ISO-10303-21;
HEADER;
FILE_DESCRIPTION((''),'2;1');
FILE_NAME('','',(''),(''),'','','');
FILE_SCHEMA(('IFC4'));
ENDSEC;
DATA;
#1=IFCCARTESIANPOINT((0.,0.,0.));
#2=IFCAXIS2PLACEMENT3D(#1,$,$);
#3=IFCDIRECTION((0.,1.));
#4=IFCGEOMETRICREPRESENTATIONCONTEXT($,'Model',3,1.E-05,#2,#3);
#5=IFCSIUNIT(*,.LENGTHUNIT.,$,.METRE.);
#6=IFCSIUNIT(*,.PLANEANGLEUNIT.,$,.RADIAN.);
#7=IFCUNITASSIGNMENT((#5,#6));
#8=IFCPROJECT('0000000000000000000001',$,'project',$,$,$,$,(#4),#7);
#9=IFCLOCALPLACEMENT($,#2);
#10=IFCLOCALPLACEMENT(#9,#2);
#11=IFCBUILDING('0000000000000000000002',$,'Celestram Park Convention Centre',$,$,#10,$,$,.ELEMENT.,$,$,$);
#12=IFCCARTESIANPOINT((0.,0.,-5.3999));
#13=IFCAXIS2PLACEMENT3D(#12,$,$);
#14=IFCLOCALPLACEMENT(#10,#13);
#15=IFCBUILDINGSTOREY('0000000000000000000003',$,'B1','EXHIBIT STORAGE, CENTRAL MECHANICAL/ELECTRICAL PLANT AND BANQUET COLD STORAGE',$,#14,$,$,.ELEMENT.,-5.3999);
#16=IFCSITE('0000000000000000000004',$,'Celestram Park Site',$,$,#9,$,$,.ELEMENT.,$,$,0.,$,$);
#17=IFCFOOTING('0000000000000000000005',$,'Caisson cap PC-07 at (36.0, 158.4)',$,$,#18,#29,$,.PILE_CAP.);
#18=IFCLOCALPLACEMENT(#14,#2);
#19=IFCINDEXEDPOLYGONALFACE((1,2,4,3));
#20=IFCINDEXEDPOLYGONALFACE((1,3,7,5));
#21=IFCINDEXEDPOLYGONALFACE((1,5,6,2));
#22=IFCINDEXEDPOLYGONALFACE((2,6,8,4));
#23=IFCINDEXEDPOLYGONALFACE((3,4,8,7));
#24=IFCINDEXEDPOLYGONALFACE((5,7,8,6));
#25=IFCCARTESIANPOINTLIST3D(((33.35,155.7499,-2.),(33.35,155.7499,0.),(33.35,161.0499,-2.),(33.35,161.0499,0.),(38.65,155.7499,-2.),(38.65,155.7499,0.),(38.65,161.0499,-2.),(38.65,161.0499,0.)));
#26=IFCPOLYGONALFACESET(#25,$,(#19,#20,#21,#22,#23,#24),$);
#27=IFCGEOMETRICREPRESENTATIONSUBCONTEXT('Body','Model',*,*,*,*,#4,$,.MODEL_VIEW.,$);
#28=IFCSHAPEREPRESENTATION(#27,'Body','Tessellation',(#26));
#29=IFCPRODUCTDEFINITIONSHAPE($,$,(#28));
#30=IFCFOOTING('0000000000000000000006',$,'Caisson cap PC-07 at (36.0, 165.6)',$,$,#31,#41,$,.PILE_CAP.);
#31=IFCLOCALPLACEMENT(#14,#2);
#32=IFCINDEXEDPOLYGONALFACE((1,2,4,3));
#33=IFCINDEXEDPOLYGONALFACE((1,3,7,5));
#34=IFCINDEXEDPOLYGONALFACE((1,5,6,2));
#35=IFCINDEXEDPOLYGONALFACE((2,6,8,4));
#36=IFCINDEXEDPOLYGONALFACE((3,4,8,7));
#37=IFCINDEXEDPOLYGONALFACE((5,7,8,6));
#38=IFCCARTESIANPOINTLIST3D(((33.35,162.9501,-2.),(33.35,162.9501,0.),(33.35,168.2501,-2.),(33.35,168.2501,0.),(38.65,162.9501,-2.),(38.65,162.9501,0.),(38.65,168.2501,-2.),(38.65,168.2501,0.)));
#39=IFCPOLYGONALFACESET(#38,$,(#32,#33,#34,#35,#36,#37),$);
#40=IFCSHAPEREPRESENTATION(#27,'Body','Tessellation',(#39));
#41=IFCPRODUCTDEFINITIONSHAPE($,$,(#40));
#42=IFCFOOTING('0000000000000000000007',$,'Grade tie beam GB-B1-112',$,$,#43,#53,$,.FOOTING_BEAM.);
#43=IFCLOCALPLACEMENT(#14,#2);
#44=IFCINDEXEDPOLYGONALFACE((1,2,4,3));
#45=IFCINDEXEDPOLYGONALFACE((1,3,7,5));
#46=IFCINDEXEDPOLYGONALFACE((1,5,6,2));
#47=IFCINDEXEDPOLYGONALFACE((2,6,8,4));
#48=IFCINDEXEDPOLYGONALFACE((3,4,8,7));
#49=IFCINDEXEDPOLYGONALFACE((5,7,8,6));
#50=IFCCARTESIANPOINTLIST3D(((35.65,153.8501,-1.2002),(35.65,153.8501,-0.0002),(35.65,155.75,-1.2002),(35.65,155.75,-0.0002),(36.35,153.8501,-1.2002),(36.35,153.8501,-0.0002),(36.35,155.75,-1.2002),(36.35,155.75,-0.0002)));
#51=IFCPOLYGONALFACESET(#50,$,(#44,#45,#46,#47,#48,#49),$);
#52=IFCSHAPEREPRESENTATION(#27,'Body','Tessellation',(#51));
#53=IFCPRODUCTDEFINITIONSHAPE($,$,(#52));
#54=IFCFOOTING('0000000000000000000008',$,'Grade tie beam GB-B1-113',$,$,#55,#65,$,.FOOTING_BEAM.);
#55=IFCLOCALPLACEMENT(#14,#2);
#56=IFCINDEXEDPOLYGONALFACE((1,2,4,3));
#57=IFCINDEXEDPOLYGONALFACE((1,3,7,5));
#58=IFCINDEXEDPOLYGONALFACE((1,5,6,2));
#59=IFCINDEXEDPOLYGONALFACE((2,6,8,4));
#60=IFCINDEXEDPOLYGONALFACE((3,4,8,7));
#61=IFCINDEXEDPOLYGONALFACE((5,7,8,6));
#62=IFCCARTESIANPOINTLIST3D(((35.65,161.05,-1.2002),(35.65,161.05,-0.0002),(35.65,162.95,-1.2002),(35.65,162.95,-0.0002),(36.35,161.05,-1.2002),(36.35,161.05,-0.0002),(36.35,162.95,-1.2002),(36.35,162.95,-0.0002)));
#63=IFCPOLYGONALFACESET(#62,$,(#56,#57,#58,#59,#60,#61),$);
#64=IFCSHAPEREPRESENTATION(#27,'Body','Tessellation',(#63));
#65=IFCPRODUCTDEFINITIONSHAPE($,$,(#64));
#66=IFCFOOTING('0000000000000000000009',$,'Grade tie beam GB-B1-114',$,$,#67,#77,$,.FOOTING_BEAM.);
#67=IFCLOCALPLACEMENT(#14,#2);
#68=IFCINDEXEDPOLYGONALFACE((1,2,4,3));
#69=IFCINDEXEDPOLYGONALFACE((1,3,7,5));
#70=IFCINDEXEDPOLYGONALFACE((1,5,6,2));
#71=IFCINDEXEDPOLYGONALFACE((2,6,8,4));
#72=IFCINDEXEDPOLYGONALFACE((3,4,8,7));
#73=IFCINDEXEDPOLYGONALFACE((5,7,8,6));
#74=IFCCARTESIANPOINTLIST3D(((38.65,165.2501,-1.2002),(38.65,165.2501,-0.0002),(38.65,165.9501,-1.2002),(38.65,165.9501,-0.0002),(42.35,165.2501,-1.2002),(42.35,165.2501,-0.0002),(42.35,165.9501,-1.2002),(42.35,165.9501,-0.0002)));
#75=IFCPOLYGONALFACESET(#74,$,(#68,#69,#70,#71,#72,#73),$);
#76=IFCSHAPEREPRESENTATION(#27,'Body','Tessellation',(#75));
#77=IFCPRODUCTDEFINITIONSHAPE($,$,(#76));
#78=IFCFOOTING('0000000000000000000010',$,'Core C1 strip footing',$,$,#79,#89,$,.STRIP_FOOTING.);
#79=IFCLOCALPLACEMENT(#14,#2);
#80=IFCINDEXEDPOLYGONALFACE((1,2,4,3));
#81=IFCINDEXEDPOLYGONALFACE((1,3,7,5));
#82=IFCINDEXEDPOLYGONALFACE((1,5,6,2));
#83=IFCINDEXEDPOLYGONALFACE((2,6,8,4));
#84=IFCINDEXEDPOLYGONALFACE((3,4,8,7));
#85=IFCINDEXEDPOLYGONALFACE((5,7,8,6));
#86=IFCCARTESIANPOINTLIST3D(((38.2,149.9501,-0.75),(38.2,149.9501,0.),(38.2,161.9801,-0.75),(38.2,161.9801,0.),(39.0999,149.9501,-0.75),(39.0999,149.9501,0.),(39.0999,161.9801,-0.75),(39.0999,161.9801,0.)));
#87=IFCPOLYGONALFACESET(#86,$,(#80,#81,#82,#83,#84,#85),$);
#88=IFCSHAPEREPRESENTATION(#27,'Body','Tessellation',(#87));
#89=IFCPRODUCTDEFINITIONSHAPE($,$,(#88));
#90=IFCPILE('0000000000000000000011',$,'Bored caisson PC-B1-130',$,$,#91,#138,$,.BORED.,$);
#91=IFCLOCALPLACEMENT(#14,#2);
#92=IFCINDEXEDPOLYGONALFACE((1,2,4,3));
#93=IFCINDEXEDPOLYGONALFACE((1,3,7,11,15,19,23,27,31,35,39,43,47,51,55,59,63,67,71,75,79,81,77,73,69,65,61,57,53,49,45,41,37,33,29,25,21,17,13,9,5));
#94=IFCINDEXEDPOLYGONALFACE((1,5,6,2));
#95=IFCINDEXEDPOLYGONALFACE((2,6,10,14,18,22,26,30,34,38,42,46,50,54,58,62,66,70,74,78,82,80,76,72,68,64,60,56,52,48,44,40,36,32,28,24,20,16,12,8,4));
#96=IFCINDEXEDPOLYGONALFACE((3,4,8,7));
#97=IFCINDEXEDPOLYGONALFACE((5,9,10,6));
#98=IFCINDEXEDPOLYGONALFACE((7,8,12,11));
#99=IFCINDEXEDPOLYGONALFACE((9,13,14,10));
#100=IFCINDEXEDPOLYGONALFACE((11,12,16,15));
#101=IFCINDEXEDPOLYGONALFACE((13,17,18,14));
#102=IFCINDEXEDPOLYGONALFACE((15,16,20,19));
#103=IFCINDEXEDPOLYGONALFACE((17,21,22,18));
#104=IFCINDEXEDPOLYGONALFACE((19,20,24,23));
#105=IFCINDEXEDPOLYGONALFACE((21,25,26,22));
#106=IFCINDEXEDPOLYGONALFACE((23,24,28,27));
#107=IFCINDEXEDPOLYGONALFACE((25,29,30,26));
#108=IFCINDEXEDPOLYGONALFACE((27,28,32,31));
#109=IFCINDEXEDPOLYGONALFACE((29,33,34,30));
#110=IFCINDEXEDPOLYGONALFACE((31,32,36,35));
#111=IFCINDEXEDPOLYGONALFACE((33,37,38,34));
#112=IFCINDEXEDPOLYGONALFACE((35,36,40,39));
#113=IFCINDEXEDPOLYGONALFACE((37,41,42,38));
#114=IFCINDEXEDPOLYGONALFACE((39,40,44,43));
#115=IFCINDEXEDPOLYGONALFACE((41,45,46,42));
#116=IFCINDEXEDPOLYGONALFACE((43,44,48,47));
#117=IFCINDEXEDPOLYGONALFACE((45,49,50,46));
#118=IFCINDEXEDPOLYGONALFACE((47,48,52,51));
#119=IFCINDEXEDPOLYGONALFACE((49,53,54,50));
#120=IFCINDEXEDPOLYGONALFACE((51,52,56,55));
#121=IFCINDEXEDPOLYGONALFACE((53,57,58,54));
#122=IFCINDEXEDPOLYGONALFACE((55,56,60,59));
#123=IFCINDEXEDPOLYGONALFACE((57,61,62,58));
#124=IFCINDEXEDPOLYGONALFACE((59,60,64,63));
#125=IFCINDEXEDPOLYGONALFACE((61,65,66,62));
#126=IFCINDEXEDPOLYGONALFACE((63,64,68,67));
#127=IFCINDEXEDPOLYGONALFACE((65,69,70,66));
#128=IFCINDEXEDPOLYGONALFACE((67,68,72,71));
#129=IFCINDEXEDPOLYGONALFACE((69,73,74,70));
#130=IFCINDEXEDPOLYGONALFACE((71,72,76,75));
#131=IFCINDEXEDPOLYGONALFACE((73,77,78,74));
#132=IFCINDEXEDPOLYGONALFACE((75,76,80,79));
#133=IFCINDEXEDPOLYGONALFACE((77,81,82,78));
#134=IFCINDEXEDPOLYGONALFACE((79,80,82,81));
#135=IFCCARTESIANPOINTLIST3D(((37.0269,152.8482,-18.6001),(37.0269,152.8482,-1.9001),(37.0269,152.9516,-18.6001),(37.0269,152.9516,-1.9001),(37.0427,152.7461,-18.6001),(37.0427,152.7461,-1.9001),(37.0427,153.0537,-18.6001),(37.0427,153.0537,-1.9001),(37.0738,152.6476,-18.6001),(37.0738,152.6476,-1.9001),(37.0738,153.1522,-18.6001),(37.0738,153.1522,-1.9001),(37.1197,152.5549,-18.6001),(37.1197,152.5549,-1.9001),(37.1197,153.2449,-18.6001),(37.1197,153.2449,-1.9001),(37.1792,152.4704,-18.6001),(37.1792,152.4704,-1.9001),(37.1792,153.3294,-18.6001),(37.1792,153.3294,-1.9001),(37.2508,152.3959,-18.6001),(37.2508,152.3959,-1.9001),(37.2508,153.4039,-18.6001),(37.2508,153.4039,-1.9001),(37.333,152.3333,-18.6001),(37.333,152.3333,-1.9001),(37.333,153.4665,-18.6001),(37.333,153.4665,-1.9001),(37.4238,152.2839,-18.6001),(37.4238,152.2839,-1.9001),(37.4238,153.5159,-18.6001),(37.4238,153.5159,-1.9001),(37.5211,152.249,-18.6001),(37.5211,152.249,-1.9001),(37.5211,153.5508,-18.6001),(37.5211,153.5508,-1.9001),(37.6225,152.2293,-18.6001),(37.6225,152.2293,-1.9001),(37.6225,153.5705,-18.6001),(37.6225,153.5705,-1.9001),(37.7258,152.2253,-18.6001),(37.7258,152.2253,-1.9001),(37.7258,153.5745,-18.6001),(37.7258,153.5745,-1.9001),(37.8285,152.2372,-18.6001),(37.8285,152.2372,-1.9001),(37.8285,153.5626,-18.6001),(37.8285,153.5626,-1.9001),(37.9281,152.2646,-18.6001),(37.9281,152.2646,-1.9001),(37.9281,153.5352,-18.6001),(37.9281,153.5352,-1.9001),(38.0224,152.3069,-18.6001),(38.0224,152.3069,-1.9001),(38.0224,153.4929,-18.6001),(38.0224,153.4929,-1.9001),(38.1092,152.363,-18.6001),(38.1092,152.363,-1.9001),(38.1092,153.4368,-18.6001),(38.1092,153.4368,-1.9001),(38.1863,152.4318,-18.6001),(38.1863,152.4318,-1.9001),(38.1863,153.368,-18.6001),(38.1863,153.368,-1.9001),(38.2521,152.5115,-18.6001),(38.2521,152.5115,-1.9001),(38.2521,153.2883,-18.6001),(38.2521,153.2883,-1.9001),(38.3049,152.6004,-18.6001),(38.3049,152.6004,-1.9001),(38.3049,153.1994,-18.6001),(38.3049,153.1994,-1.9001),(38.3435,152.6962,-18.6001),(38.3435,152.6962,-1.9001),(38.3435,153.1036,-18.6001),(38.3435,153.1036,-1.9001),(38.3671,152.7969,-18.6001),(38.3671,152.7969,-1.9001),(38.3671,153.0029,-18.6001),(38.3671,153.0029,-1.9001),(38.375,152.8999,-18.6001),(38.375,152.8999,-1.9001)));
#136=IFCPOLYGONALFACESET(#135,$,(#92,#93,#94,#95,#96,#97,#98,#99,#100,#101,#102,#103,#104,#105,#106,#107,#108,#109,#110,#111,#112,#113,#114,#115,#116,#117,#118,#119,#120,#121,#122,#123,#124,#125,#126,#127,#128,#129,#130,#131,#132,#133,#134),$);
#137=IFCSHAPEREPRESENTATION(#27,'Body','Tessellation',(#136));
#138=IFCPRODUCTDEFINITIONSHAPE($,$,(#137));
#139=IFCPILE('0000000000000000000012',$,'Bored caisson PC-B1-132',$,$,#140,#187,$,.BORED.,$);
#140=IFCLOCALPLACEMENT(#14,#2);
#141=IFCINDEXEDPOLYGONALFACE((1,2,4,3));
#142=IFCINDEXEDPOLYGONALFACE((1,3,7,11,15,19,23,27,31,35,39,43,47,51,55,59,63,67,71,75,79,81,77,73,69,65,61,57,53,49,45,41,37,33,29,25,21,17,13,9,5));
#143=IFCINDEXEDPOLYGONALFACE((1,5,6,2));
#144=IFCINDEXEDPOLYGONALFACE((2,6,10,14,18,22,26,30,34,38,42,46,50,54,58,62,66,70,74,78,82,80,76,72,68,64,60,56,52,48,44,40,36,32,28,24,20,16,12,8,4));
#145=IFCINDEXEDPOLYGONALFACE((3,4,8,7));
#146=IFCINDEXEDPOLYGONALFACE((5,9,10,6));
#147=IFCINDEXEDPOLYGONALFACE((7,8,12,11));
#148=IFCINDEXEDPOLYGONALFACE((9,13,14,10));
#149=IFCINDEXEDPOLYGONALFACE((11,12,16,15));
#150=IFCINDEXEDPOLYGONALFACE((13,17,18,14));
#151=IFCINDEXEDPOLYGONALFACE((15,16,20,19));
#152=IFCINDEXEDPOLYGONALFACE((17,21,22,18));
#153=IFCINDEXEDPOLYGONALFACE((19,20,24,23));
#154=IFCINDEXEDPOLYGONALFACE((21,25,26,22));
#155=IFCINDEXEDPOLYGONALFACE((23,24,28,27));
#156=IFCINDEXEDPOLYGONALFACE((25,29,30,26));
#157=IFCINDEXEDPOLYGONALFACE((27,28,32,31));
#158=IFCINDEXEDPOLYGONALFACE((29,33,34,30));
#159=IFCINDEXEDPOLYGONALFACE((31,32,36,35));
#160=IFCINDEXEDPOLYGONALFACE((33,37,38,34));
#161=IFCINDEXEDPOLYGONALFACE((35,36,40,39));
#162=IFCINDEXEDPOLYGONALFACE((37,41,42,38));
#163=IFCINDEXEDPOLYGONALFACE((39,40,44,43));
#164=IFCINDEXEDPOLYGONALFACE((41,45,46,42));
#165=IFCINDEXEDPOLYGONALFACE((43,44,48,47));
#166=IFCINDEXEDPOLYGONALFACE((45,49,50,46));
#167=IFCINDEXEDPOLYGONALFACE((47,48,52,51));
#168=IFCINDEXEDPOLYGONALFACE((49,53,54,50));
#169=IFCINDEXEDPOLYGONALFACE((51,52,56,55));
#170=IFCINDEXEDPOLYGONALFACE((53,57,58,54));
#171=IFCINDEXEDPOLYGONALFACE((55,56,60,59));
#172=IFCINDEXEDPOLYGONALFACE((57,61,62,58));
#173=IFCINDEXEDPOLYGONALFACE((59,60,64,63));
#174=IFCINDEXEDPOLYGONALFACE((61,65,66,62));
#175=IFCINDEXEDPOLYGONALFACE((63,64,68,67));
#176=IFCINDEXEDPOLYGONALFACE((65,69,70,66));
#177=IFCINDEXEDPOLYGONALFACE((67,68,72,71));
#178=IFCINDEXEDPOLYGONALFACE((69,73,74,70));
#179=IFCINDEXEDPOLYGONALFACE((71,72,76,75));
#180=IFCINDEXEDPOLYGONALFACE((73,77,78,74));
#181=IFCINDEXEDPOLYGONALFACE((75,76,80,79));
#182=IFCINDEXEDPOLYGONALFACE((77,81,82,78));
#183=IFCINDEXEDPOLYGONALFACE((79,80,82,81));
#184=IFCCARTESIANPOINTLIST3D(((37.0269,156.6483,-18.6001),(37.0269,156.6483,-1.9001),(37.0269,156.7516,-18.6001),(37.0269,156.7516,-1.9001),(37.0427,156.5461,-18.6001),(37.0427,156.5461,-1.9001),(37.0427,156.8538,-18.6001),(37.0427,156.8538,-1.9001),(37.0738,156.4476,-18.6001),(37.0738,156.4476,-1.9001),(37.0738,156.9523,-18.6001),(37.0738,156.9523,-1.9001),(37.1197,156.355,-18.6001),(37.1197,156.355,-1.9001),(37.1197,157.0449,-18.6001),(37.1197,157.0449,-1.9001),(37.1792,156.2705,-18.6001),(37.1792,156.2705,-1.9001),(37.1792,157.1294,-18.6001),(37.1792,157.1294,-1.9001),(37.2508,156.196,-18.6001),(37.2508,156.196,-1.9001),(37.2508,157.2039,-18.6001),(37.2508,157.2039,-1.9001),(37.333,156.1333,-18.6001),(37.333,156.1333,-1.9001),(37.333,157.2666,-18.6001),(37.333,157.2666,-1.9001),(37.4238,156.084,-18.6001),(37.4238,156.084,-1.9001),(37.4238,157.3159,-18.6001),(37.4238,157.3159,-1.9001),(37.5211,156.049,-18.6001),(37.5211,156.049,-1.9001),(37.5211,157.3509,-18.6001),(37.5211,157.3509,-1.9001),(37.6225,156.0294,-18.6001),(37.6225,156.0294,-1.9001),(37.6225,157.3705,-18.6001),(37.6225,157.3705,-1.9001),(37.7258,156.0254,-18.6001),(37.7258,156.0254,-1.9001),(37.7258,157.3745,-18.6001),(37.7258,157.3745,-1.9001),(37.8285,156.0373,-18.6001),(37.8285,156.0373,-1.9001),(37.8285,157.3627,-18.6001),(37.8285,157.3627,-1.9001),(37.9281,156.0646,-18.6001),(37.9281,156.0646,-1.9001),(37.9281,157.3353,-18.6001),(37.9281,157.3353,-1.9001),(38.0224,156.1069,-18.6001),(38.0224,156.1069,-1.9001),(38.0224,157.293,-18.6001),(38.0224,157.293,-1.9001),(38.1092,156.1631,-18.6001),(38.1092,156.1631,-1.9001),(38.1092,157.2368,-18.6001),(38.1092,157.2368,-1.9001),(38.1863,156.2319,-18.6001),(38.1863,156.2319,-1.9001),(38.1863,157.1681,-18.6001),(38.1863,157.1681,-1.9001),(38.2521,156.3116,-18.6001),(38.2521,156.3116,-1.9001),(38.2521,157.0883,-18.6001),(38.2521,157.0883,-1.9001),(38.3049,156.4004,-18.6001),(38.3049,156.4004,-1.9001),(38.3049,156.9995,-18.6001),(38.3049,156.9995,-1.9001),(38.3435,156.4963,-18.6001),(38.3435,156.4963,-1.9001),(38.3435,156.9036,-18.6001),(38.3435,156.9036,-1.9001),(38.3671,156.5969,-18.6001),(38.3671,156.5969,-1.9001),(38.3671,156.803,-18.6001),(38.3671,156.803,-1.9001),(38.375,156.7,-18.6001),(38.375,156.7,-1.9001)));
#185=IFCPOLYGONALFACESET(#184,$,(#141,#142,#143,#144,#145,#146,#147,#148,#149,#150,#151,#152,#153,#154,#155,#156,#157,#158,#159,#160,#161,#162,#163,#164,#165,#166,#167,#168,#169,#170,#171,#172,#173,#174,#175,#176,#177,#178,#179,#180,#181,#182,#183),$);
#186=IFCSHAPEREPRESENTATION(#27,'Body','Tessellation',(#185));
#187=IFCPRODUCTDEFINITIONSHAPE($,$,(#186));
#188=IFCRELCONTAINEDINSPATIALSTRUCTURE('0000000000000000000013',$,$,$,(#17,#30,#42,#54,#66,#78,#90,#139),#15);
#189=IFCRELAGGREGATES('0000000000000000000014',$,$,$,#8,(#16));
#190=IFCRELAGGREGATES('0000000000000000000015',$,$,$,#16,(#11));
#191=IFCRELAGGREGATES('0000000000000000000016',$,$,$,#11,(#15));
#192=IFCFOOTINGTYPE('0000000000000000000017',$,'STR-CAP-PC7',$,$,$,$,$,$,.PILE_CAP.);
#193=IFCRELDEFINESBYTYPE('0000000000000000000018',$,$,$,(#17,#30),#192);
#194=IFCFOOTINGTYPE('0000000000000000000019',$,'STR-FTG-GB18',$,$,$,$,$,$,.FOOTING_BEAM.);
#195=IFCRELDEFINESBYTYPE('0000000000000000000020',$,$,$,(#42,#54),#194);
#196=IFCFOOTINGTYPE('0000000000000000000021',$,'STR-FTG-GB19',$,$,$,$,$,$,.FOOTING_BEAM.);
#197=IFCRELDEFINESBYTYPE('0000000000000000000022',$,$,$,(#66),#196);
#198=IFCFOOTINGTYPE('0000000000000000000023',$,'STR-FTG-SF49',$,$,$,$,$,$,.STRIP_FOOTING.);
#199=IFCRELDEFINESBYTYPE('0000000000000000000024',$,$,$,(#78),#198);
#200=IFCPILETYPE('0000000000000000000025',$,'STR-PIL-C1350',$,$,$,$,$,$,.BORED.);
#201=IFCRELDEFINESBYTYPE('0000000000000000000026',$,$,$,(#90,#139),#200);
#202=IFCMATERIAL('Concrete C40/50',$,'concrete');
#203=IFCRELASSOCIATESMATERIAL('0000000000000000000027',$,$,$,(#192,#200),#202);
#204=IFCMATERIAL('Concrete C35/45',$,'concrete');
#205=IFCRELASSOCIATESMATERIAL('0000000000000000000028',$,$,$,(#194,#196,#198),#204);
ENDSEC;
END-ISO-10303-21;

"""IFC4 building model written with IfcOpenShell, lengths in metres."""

from ifc_helpers import new_model, si_unit, direction, frame, origin, origin_2d, place, context, subcontext, project, spatial, rectangle, circle, extrude, material, material_profile, profile_set, type_object, element, save


model = new_model("IFC4")

# Units and contexts
model_context = context("Model", 3, precision=1e-05, world=origin(), true_north=direction((0.0, 1.0)))
body_context = subcontext(model_context, "Body", "Model", "MODEL_VIEW")
ifc_project = project(units=[si_unit("LENGTHUNIT", "METRE"), si_unit("PLANEANGLEUNIT", "RADIAN")], contexts=[model_context])

# Site, building, storey
site_placement = place(None, origin())
site = spatial("IfcSite", under=ifc_project, at=site_placement, Name="Celestram Park Site", CompositionType="ELEMENT", RefElevation=0.0)
building_placement = place(site_placement, origin())
building = spatial("IfcBuilding", under=site, at=building_placement, Name="Celestram Park Convention Centre", CompositionType="ELEMENT")
storey_placement = place(building_placement, frame((0.0, 0.0, -5.3999)))
storey = spatial("IfcBuildingStorey", under=building, at=storey_placement, Name="B1", Description="EXHIBIT STORAGE, CENTRAL MECHANICAL/ELECTRICAL PLANT AND BANQUET COLD STORAGE", CompositionType="ELEMENT", Elevation=-5.3999)

# Footings
ifc_material_1 = material(Name="Concrete C40/50", Category="concrete")
footing_type_1 = type_object("IfcFootingType", Name="STR-CAP-PC7", PredefinedType="PILE_CAP", material=ifc_material_1)
for number, where, z_axis, x_axis, name in (
    (1, (36.0, 158.3999, -2.0), (0.0, 0.0, 1.0), (1.0, 0.0, 0.0), "Caisson cap PC-07 at (36.0, 158.4)"),
    (2, (36.0, 165.6001, -2.0), (0.0, 0.0, 1.0), (1.0, 0.0, 0.0), "Caisson cap PC-07 at (36.0, 165.6)"),
):
    element("IfcFooting", number, at=place(storey_placement, frame(where, z_axis=z_axis, x_axis=x_axis)), inside=storey, type_object=footing_type_1, Name=name, PredefinedType="PILE_CAP", context=body_context, shape_type="SweptSolid", body=[
        extrude(rectangle(XDim=5.3, YDim=5.3, at=origin_2d()), origin(), (0.0, 0.0, 1.0), 2.0),
    ])
ifc_material_2 = material(Name="Concrete C35/45", Category="concrete")
footing_type_2 = type_object("IfcFootingType", Name="STR-FTG-GB18", PredefinedType="FOOTING_BEAM", material=ifc_material_2)
for number, where, z_axis, x_axis, name in (
    (3, (36.0, 154.8, -1.2002), (0.0, 0.0, 1.0), (0.0, 1.0, 0.0), "Grade tie beam GB-B1-112"),
    (4, (36.0, 162.0, -1.2002), (0.0, 0.0, 1.0), (0.0, 1.0, 0.0), "Grade tie beam GB-B1-113"),
):
    element("IfcFooting", number, at=place(storey_placement, frame(where, z_axis=z_axis, x_axis=x_axis)), inside=storey, type_object=footing_type_2, Name=name, PredefinedType="FOOTING_BEAM", context=body_context, shape_type="SweptSolid", body=[
        extrude(rectangle(XDim=1.8999, YDim=0.7, at=origin_2d()), origin(), (0.0, 0.0, 1.0), 1.2),
    ])
footing_type_3 = type_object("IfcFootingType", Name="STR-FTG-GB19", PredefinedType="FOOTING_BEAM", material=ifc_material_2)
footing_1_placement = place(storey_placement, frame((40.5, 165.6001, -1.2002), z_axis=(0.0, 0.0, 1.0), x_axis=(1.0, 0.0, 0.0)))
element("IfcFooting", 5, at=footing_1_placement, inside=storey, type_object=footing_type_3, Name="Grade tie beam GB-B1-114", PredefinedType="FOOTING_BEAM", context=body_context, shape_type="SweptSolid", body=[
    extrude(rectangle(XDim=3.7, YDim=0.7, at=origin_2d()), origin(), (0.0, 0.0, 1.0), 1.2),
])
footing_type_4 = type_object("IfcFootingType", Name="STR-FTG-SF49", PredefinedType="STRIP_FOOTING", material=ifc_material_2)
footing_2_placement = place(storey_placement, frame((38.6499, 155.9651, -0.75), z_axis=(0.0, 0.0, 1.0), x_axis=(0.0, 1.0, 0.0)))
element("IfcFooting", 6, at=footing_2_placement, inside=storey, type_object=footing_type_4, Name="Core C1 strip footing", PredefinedType="STRIP_FOOTING", context=body_context, shape_type="SweptSolid", body=[
    extrude(rectangle(XDim=12.03, YDim=0.8999, at=origin_2d()), origin(), (0.0, 0.0, 1.0), 0.75),
])

# Piles
ifc_material_profile_1 = material_profile(ifc_material_1, circle(Radius=0.675, at=origin_2d()), Name="CAISSON1350")
ifc_profile_set_1 = profile_set([ifc_material_profile_1], Name="Concrete C40/50")
pile_type = type_object("IfcPileType", Name="STR-PIL-C1350", PredefinedType="BORED", material=ifc_profile_set_1)
for number, where, z_axis, x_axis, name in (
    (7, (37.7, 152.8999, -1.9001), (0.0, 0.0, -1.0), (1.0, 0.0, 0.0), "Bored caisson PC-B1-130"),
    (8, (37.7, 156.7, -1.9001), (0.0, 0.0, -1.0), (1.0, 0.0, 0.0), "Bored caisson PC-B1-132"),
):
    element("IfcPile", number, at=place(storey_placement, frame(where, z_axis=z_axis, x_axis=x_axis)), inside=storey, type_object=pile_type, Name=name, PredefinedType="BORED", context=body_context, shape_type="SweptSolid", body=[
        extrude(circle(Radius=0.675, at=origin_2d()), origin(), (0.0, 0.0, 1.0), 16.7),
    ])

save(model, "model.ifc")
